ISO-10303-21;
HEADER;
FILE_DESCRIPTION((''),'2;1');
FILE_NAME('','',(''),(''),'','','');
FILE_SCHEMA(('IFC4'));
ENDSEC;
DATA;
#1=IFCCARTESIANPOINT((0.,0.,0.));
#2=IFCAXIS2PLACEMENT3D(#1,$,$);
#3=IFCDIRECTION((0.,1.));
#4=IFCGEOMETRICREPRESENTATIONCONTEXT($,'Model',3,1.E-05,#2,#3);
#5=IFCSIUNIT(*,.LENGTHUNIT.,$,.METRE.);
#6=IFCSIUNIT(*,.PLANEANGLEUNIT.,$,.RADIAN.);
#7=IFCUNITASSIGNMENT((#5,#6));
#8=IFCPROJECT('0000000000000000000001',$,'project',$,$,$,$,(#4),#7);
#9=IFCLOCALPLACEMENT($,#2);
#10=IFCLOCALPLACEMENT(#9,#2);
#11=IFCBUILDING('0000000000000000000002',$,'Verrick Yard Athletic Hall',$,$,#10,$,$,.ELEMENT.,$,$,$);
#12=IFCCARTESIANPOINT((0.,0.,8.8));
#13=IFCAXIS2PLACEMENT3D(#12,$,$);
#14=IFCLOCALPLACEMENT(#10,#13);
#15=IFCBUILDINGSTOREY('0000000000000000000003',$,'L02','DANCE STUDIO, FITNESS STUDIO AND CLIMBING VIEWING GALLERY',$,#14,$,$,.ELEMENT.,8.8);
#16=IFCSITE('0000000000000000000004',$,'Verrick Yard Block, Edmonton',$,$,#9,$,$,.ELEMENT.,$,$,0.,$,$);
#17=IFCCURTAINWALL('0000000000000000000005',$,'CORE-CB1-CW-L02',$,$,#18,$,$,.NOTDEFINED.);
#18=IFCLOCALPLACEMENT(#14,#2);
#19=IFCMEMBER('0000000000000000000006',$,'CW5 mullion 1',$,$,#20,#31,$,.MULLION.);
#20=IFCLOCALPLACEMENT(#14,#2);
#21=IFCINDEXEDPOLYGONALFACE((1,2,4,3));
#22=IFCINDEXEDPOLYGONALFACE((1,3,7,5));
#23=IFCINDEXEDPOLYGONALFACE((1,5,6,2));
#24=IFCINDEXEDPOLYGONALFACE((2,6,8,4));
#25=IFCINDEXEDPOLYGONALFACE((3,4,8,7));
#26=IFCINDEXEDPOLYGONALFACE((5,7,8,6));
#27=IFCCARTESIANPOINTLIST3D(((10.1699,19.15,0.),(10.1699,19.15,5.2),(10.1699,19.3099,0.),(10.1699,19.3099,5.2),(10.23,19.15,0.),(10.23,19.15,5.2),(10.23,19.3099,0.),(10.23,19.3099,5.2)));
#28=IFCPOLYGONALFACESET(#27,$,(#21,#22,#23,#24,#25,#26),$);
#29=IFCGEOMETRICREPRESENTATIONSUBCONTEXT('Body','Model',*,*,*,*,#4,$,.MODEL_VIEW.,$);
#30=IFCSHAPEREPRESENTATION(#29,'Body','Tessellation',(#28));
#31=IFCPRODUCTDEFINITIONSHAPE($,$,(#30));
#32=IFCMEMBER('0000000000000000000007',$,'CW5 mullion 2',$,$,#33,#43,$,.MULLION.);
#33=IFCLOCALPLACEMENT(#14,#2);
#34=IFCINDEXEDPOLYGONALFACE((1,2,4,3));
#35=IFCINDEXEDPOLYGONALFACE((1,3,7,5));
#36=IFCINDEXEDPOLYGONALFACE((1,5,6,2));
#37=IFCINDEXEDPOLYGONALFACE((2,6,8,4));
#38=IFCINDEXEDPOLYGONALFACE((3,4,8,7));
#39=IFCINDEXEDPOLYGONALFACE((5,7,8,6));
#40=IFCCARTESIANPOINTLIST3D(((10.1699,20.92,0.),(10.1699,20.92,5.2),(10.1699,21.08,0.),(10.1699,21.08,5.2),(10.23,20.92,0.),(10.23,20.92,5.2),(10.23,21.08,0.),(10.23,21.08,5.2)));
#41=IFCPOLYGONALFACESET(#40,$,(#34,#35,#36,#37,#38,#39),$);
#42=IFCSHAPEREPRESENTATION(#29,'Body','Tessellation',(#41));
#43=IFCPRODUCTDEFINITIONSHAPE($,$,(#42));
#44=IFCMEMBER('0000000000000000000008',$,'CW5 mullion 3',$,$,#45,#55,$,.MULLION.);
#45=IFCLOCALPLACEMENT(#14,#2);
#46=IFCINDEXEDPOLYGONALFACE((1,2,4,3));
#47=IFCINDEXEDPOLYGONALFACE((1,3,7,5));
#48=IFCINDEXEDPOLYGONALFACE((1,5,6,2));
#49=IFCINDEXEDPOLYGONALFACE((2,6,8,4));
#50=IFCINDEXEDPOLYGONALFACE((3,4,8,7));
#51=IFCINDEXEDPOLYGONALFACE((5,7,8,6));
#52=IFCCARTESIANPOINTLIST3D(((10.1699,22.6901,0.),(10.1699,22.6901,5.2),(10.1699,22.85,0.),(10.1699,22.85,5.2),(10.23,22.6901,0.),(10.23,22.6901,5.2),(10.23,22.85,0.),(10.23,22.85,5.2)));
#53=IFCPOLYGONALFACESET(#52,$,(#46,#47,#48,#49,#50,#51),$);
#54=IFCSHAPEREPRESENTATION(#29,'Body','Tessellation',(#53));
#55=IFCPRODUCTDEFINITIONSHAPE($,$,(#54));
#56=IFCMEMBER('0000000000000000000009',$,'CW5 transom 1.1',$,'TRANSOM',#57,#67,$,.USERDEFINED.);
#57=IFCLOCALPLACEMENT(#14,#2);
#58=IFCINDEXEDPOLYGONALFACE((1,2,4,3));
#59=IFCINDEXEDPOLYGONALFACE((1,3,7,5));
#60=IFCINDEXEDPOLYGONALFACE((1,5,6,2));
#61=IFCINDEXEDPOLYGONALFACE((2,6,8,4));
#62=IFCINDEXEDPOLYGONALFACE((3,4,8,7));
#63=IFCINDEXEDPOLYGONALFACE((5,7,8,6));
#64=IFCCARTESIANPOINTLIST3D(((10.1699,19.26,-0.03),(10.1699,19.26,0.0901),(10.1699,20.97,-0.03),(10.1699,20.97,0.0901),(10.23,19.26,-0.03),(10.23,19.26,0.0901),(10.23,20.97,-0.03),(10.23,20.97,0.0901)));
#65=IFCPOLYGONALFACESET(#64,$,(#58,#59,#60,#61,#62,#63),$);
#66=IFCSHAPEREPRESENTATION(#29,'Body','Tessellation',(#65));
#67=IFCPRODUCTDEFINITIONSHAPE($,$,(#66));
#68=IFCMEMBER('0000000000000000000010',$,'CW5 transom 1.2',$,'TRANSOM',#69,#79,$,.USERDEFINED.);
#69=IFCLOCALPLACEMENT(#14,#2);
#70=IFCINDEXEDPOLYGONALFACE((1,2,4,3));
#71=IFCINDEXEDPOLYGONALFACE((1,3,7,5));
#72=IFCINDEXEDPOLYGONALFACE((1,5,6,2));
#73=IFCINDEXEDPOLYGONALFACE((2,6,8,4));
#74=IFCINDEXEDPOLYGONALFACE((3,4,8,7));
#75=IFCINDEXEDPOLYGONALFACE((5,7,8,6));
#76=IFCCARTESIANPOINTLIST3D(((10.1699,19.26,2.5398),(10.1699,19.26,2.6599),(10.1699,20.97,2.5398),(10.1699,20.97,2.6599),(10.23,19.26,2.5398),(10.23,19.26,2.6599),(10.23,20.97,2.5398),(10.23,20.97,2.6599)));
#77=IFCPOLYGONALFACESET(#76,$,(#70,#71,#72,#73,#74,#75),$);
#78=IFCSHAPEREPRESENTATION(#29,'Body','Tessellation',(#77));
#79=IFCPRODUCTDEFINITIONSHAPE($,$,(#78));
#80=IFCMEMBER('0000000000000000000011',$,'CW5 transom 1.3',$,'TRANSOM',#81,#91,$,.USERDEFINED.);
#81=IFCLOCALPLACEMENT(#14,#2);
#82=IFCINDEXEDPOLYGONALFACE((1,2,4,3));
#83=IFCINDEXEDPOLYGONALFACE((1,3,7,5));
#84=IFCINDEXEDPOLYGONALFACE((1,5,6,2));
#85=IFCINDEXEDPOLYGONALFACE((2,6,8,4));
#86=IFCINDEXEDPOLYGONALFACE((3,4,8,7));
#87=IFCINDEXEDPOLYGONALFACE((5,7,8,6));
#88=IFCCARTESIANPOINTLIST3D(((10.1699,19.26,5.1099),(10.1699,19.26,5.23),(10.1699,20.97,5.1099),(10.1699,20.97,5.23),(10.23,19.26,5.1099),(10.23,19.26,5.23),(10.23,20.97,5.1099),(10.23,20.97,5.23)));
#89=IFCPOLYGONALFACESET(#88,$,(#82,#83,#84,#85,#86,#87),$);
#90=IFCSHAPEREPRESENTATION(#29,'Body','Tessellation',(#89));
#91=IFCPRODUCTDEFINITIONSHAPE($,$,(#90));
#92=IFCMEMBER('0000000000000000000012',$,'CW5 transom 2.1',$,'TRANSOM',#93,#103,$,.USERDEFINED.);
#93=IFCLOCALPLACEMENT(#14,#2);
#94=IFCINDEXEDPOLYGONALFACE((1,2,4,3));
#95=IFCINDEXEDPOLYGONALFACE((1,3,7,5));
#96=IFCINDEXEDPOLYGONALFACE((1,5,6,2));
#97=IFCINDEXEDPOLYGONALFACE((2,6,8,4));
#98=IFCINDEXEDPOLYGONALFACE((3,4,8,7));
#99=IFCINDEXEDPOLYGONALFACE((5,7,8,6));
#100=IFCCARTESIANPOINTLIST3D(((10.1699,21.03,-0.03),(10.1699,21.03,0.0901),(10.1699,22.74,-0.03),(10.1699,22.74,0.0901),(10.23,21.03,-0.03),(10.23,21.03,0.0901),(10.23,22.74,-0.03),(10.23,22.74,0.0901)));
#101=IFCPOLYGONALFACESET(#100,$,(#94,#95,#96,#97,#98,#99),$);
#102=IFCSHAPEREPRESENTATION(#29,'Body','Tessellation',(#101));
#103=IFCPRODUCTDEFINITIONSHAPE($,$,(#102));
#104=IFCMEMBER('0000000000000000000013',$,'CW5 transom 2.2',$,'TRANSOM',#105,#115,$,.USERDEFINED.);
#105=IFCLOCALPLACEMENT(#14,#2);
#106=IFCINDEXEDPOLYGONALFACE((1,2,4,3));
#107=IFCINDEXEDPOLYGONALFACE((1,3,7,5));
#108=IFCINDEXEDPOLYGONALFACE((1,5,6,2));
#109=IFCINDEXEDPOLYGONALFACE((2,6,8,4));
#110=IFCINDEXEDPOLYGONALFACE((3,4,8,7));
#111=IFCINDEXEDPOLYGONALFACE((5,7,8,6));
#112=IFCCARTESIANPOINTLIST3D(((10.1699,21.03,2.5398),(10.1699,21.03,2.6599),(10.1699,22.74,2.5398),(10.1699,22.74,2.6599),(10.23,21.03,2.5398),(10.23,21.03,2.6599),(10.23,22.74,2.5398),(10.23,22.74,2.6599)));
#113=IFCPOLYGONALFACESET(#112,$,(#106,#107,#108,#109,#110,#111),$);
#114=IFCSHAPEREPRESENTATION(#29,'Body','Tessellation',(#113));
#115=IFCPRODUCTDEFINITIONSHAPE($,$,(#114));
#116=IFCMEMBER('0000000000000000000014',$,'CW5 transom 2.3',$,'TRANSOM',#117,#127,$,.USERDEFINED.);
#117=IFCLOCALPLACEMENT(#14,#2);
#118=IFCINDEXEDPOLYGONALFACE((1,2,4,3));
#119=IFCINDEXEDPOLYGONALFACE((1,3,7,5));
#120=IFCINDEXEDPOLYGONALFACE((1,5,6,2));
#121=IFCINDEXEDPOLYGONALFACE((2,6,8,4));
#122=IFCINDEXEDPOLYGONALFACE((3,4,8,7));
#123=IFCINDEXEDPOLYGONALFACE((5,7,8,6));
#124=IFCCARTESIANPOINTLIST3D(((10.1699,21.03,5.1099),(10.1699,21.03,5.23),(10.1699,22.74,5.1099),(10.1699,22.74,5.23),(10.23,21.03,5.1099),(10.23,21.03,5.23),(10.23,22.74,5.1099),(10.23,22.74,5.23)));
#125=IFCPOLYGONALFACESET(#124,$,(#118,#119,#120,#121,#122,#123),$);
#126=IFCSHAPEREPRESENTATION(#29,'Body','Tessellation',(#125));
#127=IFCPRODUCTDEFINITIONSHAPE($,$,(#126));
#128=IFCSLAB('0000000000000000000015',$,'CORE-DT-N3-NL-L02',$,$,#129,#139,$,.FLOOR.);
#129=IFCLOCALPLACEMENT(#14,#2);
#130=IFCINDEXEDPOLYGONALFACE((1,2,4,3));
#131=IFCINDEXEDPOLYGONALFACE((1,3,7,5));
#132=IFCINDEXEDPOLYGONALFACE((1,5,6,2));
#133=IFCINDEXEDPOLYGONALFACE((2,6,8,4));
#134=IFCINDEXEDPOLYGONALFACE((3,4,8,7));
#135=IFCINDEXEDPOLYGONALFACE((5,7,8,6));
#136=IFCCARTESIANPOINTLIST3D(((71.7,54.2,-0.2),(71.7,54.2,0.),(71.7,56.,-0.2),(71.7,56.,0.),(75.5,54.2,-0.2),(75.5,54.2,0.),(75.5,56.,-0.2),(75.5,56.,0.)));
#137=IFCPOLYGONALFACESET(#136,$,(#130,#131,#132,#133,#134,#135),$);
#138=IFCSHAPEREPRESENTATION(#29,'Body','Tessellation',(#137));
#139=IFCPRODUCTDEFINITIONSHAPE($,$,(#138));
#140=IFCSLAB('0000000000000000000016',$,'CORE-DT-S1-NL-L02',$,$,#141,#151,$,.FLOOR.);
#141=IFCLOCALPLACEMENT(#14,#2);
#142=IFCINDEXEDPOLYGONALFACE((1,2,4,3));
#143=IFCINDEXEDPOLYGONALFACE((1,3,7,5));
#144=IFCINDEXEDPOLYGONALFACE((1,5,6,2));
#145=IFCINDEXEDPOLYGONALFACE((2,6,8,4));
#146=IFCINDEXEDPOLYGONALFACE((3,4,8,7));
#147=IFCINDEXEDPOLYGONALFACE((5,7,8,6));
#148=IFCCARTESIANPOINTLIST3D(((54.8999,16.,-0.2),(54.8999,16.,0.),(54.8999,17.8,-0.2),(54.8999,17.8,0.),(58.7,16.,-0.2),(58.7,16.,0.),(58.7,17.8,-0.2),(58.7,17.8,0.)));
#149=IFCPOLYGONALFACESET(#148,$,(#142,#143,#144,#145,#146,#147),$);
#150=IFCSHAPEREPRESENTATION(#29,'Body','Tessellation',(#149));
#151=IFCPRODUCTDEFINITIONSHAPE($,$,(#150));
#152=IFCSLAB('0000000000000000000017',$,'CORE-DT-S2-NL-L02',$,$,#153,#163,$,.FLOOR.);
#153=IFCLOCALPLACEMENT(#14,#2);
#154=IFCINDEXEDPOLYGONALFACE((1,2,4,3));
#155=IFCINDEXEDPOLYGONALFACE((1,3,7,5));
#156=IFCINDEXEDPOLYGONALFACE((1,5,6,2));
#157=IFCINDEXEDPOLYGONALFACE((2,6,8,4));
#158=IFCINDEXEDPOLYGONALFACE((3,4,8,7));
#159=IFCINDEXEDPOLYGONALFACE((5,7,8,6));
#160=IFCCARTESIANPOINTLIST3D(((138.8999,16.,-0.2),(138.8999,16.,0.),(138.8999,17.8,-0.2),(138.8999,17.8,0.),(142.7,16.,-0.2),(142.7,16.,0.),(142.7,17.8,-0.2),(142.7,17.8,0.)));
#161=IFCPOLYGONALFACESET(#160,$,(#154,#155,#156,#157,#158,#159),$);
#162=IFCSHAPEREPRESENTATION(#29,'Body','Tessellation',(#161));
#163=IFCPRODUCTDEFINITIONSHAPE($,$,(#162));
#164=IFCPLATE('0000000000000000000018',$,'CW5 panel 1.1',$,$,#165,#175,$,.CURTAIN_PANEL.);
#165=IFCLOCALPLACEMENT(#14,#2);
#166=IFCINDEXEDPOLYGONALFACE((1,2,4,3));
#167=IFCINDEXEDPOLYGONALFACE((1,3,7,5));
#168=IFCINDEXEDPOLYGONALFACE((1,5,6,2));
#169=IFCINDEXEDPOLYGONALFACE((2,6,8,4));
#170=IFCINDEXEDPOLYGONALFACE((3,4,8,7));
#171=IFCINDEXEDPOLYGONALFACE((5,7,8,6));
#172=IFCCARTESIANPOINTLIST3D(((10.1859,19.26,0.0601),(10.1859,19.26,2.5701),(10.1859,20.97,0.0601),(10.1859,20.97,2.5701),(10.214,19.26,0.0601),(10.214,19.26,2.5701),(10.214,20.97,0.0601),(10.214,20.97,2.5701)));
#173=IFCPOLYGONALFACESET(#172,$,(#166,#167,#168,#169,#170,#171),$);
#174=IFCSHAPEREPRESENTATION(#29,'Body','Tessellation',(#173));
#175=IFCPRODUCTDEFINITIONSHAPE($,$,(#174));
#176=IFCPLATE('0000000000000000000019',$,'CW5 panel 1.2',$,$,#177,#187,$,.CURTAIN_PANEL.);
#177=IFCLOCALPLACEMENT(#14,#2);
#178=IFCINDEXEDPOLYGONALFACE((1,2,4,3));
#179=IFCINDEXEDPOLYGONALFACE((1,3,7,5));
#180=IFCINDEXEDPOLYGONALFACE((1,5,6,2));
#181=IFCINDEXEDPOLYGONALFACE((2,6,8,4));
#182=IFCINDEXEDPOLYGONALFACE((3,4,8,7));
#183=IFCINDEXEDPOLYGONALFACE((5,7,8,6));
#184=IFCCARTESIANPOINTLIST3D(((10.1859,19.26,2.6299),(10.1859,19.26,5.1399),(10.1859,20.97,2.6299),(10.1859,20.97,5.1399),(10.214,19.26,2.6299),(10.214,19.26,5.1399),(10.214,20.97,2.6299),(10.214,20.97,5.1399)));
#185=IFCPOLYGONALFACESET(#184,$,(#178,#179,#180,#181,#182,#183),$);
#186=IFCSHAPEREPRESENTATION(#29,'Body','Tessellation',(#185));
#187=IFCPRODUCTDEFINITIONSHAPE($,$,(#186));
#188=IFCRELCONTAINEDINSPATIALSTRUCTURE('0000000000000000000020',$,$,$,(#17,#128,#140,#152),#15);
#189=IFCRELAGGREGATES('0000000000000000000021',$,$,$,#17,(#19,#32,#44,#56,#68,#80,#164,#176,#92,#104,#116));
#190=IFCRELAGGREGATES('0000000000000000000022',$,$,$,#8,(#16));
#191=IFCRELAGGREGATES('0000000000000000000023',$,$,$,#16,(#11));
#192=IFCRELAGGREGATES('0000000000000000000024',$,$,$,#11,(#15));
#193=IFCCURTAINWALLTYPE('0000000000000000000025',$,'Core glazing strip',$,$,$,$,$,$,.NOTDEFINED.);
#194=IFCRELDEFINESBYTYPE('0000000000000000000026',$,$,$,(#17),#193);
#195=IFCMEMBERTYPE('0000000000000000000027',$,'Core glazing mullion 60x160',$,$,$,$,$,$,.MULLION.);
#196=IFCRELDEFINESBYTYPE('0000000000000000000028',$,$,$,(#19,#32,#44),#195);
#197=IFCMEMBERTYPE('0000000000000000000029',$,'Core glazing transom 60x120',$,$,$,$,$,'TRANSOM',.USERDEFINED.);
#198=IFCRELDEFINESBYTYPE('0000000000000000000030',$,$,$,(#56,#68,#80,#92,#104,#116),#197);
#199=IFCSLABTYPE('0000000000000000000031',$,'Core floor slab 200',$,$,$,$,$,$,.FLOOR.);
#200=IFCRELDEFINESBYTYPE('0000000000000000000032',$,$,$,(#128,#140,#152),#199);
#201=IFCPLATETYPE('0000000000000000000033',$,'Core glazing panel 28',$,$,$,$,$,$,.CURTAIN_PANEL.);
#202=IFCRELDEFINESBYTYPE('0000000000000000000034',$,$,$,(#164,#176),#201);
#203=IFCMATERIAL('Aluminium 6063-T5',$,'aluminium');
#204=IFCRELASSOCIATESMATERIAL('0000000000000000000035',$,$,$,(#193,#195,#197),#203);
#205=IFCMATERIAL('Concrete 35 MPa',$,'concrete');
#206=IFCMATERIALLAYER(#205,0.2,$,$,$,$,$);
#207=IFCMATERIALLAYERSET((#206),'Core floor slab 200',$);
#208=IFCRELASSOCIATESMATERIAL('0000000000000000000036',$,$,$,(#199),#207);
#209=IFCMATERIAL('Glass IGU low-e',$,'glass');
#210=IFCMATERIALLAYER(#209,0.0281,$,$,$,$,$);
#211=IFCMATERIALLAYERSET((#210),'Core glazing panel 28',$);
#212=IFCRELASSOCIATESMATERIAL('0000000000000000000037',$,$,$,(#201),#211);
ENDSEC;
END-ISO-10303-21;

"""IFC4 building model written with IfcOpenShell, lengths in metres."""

from ifc_helpers import new_model, si_unit, direction, frame, origin, origin_2d, place, context, subcontext, project, spatial, polyline, rectangle, outline, extrude, material, layer, layer_set, material_profile, profile_set, type_object, element, aggregate, save


model = new_model("IFC4")

# Units and contexts
model_context = context("Model", 3, precision=1e-05, world=origin(), true_north=direction((0.0, 1.0)))
body_context = subcontext(model_context, "Body", "Model", "MODEL_VIEW")
ifc_project = project(units=[si_unit("LENGTHUNIT", "METRE"), si_unit("PLANEANGLEUNIT", "RADIAN")], contexts=[model_context])

# Site, building, storey
site_placement = place(None, origin())
site = spatial("IfcSite", under=ifc_project, at=site_placement, Name="Verrick Yard Block, Edmonton", CompositionType="ELEMENT", RefElevation=0.0)
building_placement = place(site_placement, origin())
building = spatial("IfcBuilding", under=site, at=building_placement, Name="Verrick Yard Athletic Hall", CompositionType="ELEMENT")
storey_placement = place(building_placement, frame((0.0, 0.0, 8.8)))
storey = spatial("IfcBuildingStorey", under=building, at=storey_placement, Name="L02", Description="DANCE STUDIO, FITNESS STUDIO AND CLIMBING VIEWING GALLERY", CompositionType="ELEMENT", Elevation=8.8)

# Curtain wall, members
ifc_material_1 = material(Name="Aluminium 6063-T5", Category="aluminium")
curtain_wall_type = type_object("IfcCurtainWallType", Name="Core glazing strip", PredefinedType="NOTDEFINED", material=ifc_material_1)
curtain_wall_placement = place(storey_placement, origin())
curtain_wall = element("IfcCurtainWall", 1, at=curtain_wall_placement, inside=storey, type_object=curtain_wall_type, Name="CORE-CB1-CW-L02", PredefinedType="NOTDEFINED")
ifc_material_profile_1 = material_profile(ifc_material_1, rectangle(XDim=0.0601, YDim=0.1599, at=origin_2d()), Name="Core glazing mullion 60x160")
ifc_profile_set_1 = profile_set([ifc_material_profile_1], Name="Aluminium 6063-T5")
member_type_1 = type_object("IfcMemberType", Name="Core glazing mullion 60x160", PredefinedType="MULLION", material=ifc_profile_set_1)
member_1_placement = place(storey_placement, frame((10.2, 19.23, 0.0), z_axis=(0.0, 0.0, 1.0), x_axis=(-1.0, 0.0, 0.0)))
member_1 = element("IfcMember", 2, at=member_1_placement, type_object=member_type_1, Name="CW5 mullion 1", PredefinedType="MULLION", context=body_context, shape_type="SweptSolid", body=[
    extrude(rectangle(XDim=0.0601, YDim=0.1599, at=origin_2d()), origin(), (0.0, 0.0, 1.0), 5.2),
])
member_2_placement = place(storey_placement, frame((10.2, 21.0, 0.0), z_axis=(0.0, 0.0, 1.0), x_axis=(-1.0, 0.0, 0.0)))
member_2 = element("IfcMember", 3, at=member_2_placement, type_object=member_type_1, Name="CW5 mullion 2", PredefinedType="MULLION", context=body_context, shape_type="SweptSolid", body=[
    extrude(rectangle(XDim=0.0601, YDim=0.1599, at=origin_2d()), origin(), (0.0, 0.0, 1.0), 5.2),
])
member_3_placement = place(storey_placement, frame((10.2, 22.77, 0.0), z_axis=(0.0, 0.0, 1.0), x_axis=(-1.0, 0.0, 0.0)))
member_3 = element("IfcMember", 4, at=member_3_placement, type_object=member_type_1, Name="CW5 mullion 3", PredefinedType="MULLION", context=body_context, shape_type="SweptSolid", body=[
    extrude(rectangle(XDim=0.0601, YDim=0.1599, at=origin_2d()), origin(), (0.0, 0.0, 1.0), 5.2),
])
ifc_material_profile_2 = material_profile(ifc_material_1, rectangle(XDim=0.0601, YDim=0.1201, at=origin_2d()), Name="Core glazing transom 60x120")
ifc_profile_set_2 = profile_set([ifc_material_profile_2], Name="Aluminium 6063-T5")
member_type_2 = type_object("IfcMemberType", Name="Core glazing transom 60x120", ElementType="TRANSOM", PredefinedType="USERDEFINED", material=ifc_profile_set_2)
member_4_placement = place(storey_placement, frame((10.2, 19.26, 0.03), z_axis=(0.0, 1.0, 0.0), x_axis=(-1.0, 0.0, 0.0)))
member_4 = element("IfcMember", 5, at=member_4_placement, type_object=member_type_2, Name="CW5 transom 1.1", ObjectType="TRANSOM", PredefinedType="USERDEFINED", context=body_context, shape_type="SweptSolid", body=[
    extrude(rectangle(XDim=0.0601, YDim=0.1201, at=origin_2d()), origin(), (0.0, 0.0, 1.0), 1.71),
])
member_5_placement = place(storey_placement, frame((10.2, 19.26, 2.5999), z_axis=(0.0, 1.0, 0.0), x_axis=(-1.0, 0.0, 0.0)))
member_5 = element("IfcMember", 6, at=member_5_placement, type_object=member_type_2, Name="CW5 transom 1.2", ObjectType="TRANSOM", PredefinedType="USERDEFINED", context=body_context, shape_type="SweptSolid", body=[
    extrude(rectangle(XDim=0.0601, YDim=0.1201, at=origin_2d()), origin(), (0.0, 0.0, 1.0), 1.71),
])
member_6_placement = place(storey_placement, frame((10.2, 19.26, 5.1699), z_axis=(0.0, 1.0, 0.0), x_axis=(-1.0, 0.0, 0.0)))
member_6 = element("IfcMember", 7, at=member_6_placement, type_object=member_type_2, Name="CW5 transom 1.3", ObjectType="TRANSOM", PredefinedType="USERDEFINED", context=body_context, shape_type="SweptSolid", body=[
    extrude(rectangle(XDim=0.0601, YDim=0.1201, at=origin_2d()), origin(), (0.0, 0.0, 1.0), 1.71),
])
member_7_placement = place(storey_placement, frame((10.2, 21.03, 0.03), z_axis=(0.0, 1.0, 0.0), x_axis=(-1.0, 0.0, 0.0)))
member_7 = element("IfcMember", 8, at=member_7_placement, type_object=member_type_2, Name="CW5 transom 2.1", ObjectType="TRANSOM", PredefinedType="USERDEFINED", context=body_context, shape_type="SweptSolid", body=[
    extrude(rectangle(XDim=0.0601, YDim=0.1201, at=origin_2d()), origin(), (0.0, 0.0, 1.0), 1.71),
])
member_8_placement = place(storey_placement, frame((10.2, 21.03, 2.5999), z_axis=(0.0, 1.0, 0.0), x_axis=(-1.0, 0.0, 0.0)))
member_8 = element("IfcMember", 9, at=member_8_placement, type_object=member_type_2, Name="CW5 transom 2.2", ObjectType="TRANSOM", PredefinedType="USERDEFINED", context=body_context, shape_type="SweptSolid", body=[
    extrude(rectangle(XDim=0.0601, YDim=0.1201, at=origin_2d()), origin(), (0.0, 0.0, 1.0), 1.71),
])
member_9_placement = place(storey_placement, frame((10.2, 21.03, 5.1699), z_axis=(0.0, 1.0, 0.0), x_axis=(-1.0, 0.0, 0.0)))
member_9 = element("IfcMember", 10, at=member_9_placement, type_object=member_type_2, Name="CW5 transom 2.3", ObjectType="TRANSOM", PredefinedType="USERDEFINED", context=body_context, shape_type="SweptSolid", body=[
    extrude(rectangle(XDim=0.0601, YDim=0.1201, at=origin_2d()), origin(), (0.0, 0.0, 1.0), 1.71),
])

# Slabs
ifc_material_2 = material(Name="Concrete 35 MPa", Category="concrete")
ifc_layer_1 = layer(ifc_material_2, 0.2)
ifc_layer_set_1 = layer_set([ifc_layer_1], Name="Core floor slab 200")
slab_type_1 = type_object("IfcSlabType", Name="Core floor slab 200", PredefinedType="FLOOR", material=ifc_layer_set_1)
slab_1_placement = place(storey_placement, frame((0.0, 0.0, -0.2)))
element("IfcSlab", 11, at=slab_1_placement, inside=storey, type_object=slab_type_1, Name="CORE-DT-N3-NL-L02", PredefinedType="FLOOR", context=body_context, shape_type="SweptSolid", body=[
    extrude(outline(polyline([(75.5, 54.2), (75.5, 56.0), (71.7, 56.0), (71.7, 54.2), (75.5, 54.2)])), origin(), (0.0, 0.0, 1.0), 0.2),
])
slab_2_placement = place(storey_placement, frame((0.0, 0.0, -0.2)))
element("IfcSlab", 12, at=slab_2_placement, inside=storey, type_object=slab_type_1, Name="CORE-DT-S1-NL-L02", PredefinedType="FLOOR", context=body_context, shape_type="SweptSolid", body=[
    extrude(outline(polyline([(54.8999, 17.8), (54.8999, 16.0), (58.7, 16.0), (58.7, 17.8), (54.8999, 17.8)])), origin(), (0.0, 0.0, 1.0), 0.2),
])
slab_3_placement = place(storey_placement, frame((0.0, 0.0, -0.2)))
element("IfcSlab", 13, at=slab_3_placement, inside=storey, type_object=slab_type_1, Name="CORE-DT-S2-NL-L02", PredefinedType="FLOOR", context=body_context, shape_type="SweptSolid", body=[
    extrude(outline(polyline([(138.8999, 17.8), (138.8999, 16.0), (142.7, 16.0), (142.7, 17.8), (138.8999, 17.8)])), origin(), (0.0, 0.0, 1.0), 0.2),
])

# Plates
ifc_material_3 = material(Name="Glass IGU low-e", Category="glass")
ifc_layer_2 = layer(ifc_material_3, 0.0281)
ifc_layer_set_2 = layer_set([ifc_layer_2], Name="Core glazing panel 28")
plate_type = type_object("IfcPlateType", Name="Core glazing panel 28", PredefinedType="CURTAIN_PANEL", material=ifc_layer_set_2)
plate_1_placement = place(storey_placement, frame((10.2, 20.115, 0.0601), z_axis=(0.0, 0.0, 1.0), x_axis=(0.0, 1.0, 0.0)))
plate_1 = element("IfcPlate", 14, at=plate_1_placement, type_object=plate_type, Name="CW5 panel 1.1", PredefinedType="CURTAIN_PANEL", context=body_context, shape_type="SweptSolid", body=[
    extrude(rectangle(XDim=1.71, YDim=0.0281, at=origin_2d()), origin(), (0.0, 0.0, 1.0), 2.51),
])
plate_2_placement = place(storey_placement, frame((10.2, 20.115, 2.6299), z_axis=(0.0, 0.0, 1.0), x_axis=(0.0, 1.0, 0.0)))
plate_2 = element("IfcPlate", 15, at=plate_2_placement, type_object=plate_type, Name="CW5 panel 1.2", PredefinedType="CURTAIN_PANEL", context=body_context, shape_type="SweptSolid", body=[
    extrude(rectangle(XDim=1.71, YDim=0.0281, at=origin_2d()), origin(), (0.0, 0.0, 1.0), 2.51),
])
aggregate(curtain_wall, [member_1, member_2, member_3, member_4, member_5, member_6, plate_1, plate_2, member_7, member_8, member_9])

save(model, "model.ifc")
